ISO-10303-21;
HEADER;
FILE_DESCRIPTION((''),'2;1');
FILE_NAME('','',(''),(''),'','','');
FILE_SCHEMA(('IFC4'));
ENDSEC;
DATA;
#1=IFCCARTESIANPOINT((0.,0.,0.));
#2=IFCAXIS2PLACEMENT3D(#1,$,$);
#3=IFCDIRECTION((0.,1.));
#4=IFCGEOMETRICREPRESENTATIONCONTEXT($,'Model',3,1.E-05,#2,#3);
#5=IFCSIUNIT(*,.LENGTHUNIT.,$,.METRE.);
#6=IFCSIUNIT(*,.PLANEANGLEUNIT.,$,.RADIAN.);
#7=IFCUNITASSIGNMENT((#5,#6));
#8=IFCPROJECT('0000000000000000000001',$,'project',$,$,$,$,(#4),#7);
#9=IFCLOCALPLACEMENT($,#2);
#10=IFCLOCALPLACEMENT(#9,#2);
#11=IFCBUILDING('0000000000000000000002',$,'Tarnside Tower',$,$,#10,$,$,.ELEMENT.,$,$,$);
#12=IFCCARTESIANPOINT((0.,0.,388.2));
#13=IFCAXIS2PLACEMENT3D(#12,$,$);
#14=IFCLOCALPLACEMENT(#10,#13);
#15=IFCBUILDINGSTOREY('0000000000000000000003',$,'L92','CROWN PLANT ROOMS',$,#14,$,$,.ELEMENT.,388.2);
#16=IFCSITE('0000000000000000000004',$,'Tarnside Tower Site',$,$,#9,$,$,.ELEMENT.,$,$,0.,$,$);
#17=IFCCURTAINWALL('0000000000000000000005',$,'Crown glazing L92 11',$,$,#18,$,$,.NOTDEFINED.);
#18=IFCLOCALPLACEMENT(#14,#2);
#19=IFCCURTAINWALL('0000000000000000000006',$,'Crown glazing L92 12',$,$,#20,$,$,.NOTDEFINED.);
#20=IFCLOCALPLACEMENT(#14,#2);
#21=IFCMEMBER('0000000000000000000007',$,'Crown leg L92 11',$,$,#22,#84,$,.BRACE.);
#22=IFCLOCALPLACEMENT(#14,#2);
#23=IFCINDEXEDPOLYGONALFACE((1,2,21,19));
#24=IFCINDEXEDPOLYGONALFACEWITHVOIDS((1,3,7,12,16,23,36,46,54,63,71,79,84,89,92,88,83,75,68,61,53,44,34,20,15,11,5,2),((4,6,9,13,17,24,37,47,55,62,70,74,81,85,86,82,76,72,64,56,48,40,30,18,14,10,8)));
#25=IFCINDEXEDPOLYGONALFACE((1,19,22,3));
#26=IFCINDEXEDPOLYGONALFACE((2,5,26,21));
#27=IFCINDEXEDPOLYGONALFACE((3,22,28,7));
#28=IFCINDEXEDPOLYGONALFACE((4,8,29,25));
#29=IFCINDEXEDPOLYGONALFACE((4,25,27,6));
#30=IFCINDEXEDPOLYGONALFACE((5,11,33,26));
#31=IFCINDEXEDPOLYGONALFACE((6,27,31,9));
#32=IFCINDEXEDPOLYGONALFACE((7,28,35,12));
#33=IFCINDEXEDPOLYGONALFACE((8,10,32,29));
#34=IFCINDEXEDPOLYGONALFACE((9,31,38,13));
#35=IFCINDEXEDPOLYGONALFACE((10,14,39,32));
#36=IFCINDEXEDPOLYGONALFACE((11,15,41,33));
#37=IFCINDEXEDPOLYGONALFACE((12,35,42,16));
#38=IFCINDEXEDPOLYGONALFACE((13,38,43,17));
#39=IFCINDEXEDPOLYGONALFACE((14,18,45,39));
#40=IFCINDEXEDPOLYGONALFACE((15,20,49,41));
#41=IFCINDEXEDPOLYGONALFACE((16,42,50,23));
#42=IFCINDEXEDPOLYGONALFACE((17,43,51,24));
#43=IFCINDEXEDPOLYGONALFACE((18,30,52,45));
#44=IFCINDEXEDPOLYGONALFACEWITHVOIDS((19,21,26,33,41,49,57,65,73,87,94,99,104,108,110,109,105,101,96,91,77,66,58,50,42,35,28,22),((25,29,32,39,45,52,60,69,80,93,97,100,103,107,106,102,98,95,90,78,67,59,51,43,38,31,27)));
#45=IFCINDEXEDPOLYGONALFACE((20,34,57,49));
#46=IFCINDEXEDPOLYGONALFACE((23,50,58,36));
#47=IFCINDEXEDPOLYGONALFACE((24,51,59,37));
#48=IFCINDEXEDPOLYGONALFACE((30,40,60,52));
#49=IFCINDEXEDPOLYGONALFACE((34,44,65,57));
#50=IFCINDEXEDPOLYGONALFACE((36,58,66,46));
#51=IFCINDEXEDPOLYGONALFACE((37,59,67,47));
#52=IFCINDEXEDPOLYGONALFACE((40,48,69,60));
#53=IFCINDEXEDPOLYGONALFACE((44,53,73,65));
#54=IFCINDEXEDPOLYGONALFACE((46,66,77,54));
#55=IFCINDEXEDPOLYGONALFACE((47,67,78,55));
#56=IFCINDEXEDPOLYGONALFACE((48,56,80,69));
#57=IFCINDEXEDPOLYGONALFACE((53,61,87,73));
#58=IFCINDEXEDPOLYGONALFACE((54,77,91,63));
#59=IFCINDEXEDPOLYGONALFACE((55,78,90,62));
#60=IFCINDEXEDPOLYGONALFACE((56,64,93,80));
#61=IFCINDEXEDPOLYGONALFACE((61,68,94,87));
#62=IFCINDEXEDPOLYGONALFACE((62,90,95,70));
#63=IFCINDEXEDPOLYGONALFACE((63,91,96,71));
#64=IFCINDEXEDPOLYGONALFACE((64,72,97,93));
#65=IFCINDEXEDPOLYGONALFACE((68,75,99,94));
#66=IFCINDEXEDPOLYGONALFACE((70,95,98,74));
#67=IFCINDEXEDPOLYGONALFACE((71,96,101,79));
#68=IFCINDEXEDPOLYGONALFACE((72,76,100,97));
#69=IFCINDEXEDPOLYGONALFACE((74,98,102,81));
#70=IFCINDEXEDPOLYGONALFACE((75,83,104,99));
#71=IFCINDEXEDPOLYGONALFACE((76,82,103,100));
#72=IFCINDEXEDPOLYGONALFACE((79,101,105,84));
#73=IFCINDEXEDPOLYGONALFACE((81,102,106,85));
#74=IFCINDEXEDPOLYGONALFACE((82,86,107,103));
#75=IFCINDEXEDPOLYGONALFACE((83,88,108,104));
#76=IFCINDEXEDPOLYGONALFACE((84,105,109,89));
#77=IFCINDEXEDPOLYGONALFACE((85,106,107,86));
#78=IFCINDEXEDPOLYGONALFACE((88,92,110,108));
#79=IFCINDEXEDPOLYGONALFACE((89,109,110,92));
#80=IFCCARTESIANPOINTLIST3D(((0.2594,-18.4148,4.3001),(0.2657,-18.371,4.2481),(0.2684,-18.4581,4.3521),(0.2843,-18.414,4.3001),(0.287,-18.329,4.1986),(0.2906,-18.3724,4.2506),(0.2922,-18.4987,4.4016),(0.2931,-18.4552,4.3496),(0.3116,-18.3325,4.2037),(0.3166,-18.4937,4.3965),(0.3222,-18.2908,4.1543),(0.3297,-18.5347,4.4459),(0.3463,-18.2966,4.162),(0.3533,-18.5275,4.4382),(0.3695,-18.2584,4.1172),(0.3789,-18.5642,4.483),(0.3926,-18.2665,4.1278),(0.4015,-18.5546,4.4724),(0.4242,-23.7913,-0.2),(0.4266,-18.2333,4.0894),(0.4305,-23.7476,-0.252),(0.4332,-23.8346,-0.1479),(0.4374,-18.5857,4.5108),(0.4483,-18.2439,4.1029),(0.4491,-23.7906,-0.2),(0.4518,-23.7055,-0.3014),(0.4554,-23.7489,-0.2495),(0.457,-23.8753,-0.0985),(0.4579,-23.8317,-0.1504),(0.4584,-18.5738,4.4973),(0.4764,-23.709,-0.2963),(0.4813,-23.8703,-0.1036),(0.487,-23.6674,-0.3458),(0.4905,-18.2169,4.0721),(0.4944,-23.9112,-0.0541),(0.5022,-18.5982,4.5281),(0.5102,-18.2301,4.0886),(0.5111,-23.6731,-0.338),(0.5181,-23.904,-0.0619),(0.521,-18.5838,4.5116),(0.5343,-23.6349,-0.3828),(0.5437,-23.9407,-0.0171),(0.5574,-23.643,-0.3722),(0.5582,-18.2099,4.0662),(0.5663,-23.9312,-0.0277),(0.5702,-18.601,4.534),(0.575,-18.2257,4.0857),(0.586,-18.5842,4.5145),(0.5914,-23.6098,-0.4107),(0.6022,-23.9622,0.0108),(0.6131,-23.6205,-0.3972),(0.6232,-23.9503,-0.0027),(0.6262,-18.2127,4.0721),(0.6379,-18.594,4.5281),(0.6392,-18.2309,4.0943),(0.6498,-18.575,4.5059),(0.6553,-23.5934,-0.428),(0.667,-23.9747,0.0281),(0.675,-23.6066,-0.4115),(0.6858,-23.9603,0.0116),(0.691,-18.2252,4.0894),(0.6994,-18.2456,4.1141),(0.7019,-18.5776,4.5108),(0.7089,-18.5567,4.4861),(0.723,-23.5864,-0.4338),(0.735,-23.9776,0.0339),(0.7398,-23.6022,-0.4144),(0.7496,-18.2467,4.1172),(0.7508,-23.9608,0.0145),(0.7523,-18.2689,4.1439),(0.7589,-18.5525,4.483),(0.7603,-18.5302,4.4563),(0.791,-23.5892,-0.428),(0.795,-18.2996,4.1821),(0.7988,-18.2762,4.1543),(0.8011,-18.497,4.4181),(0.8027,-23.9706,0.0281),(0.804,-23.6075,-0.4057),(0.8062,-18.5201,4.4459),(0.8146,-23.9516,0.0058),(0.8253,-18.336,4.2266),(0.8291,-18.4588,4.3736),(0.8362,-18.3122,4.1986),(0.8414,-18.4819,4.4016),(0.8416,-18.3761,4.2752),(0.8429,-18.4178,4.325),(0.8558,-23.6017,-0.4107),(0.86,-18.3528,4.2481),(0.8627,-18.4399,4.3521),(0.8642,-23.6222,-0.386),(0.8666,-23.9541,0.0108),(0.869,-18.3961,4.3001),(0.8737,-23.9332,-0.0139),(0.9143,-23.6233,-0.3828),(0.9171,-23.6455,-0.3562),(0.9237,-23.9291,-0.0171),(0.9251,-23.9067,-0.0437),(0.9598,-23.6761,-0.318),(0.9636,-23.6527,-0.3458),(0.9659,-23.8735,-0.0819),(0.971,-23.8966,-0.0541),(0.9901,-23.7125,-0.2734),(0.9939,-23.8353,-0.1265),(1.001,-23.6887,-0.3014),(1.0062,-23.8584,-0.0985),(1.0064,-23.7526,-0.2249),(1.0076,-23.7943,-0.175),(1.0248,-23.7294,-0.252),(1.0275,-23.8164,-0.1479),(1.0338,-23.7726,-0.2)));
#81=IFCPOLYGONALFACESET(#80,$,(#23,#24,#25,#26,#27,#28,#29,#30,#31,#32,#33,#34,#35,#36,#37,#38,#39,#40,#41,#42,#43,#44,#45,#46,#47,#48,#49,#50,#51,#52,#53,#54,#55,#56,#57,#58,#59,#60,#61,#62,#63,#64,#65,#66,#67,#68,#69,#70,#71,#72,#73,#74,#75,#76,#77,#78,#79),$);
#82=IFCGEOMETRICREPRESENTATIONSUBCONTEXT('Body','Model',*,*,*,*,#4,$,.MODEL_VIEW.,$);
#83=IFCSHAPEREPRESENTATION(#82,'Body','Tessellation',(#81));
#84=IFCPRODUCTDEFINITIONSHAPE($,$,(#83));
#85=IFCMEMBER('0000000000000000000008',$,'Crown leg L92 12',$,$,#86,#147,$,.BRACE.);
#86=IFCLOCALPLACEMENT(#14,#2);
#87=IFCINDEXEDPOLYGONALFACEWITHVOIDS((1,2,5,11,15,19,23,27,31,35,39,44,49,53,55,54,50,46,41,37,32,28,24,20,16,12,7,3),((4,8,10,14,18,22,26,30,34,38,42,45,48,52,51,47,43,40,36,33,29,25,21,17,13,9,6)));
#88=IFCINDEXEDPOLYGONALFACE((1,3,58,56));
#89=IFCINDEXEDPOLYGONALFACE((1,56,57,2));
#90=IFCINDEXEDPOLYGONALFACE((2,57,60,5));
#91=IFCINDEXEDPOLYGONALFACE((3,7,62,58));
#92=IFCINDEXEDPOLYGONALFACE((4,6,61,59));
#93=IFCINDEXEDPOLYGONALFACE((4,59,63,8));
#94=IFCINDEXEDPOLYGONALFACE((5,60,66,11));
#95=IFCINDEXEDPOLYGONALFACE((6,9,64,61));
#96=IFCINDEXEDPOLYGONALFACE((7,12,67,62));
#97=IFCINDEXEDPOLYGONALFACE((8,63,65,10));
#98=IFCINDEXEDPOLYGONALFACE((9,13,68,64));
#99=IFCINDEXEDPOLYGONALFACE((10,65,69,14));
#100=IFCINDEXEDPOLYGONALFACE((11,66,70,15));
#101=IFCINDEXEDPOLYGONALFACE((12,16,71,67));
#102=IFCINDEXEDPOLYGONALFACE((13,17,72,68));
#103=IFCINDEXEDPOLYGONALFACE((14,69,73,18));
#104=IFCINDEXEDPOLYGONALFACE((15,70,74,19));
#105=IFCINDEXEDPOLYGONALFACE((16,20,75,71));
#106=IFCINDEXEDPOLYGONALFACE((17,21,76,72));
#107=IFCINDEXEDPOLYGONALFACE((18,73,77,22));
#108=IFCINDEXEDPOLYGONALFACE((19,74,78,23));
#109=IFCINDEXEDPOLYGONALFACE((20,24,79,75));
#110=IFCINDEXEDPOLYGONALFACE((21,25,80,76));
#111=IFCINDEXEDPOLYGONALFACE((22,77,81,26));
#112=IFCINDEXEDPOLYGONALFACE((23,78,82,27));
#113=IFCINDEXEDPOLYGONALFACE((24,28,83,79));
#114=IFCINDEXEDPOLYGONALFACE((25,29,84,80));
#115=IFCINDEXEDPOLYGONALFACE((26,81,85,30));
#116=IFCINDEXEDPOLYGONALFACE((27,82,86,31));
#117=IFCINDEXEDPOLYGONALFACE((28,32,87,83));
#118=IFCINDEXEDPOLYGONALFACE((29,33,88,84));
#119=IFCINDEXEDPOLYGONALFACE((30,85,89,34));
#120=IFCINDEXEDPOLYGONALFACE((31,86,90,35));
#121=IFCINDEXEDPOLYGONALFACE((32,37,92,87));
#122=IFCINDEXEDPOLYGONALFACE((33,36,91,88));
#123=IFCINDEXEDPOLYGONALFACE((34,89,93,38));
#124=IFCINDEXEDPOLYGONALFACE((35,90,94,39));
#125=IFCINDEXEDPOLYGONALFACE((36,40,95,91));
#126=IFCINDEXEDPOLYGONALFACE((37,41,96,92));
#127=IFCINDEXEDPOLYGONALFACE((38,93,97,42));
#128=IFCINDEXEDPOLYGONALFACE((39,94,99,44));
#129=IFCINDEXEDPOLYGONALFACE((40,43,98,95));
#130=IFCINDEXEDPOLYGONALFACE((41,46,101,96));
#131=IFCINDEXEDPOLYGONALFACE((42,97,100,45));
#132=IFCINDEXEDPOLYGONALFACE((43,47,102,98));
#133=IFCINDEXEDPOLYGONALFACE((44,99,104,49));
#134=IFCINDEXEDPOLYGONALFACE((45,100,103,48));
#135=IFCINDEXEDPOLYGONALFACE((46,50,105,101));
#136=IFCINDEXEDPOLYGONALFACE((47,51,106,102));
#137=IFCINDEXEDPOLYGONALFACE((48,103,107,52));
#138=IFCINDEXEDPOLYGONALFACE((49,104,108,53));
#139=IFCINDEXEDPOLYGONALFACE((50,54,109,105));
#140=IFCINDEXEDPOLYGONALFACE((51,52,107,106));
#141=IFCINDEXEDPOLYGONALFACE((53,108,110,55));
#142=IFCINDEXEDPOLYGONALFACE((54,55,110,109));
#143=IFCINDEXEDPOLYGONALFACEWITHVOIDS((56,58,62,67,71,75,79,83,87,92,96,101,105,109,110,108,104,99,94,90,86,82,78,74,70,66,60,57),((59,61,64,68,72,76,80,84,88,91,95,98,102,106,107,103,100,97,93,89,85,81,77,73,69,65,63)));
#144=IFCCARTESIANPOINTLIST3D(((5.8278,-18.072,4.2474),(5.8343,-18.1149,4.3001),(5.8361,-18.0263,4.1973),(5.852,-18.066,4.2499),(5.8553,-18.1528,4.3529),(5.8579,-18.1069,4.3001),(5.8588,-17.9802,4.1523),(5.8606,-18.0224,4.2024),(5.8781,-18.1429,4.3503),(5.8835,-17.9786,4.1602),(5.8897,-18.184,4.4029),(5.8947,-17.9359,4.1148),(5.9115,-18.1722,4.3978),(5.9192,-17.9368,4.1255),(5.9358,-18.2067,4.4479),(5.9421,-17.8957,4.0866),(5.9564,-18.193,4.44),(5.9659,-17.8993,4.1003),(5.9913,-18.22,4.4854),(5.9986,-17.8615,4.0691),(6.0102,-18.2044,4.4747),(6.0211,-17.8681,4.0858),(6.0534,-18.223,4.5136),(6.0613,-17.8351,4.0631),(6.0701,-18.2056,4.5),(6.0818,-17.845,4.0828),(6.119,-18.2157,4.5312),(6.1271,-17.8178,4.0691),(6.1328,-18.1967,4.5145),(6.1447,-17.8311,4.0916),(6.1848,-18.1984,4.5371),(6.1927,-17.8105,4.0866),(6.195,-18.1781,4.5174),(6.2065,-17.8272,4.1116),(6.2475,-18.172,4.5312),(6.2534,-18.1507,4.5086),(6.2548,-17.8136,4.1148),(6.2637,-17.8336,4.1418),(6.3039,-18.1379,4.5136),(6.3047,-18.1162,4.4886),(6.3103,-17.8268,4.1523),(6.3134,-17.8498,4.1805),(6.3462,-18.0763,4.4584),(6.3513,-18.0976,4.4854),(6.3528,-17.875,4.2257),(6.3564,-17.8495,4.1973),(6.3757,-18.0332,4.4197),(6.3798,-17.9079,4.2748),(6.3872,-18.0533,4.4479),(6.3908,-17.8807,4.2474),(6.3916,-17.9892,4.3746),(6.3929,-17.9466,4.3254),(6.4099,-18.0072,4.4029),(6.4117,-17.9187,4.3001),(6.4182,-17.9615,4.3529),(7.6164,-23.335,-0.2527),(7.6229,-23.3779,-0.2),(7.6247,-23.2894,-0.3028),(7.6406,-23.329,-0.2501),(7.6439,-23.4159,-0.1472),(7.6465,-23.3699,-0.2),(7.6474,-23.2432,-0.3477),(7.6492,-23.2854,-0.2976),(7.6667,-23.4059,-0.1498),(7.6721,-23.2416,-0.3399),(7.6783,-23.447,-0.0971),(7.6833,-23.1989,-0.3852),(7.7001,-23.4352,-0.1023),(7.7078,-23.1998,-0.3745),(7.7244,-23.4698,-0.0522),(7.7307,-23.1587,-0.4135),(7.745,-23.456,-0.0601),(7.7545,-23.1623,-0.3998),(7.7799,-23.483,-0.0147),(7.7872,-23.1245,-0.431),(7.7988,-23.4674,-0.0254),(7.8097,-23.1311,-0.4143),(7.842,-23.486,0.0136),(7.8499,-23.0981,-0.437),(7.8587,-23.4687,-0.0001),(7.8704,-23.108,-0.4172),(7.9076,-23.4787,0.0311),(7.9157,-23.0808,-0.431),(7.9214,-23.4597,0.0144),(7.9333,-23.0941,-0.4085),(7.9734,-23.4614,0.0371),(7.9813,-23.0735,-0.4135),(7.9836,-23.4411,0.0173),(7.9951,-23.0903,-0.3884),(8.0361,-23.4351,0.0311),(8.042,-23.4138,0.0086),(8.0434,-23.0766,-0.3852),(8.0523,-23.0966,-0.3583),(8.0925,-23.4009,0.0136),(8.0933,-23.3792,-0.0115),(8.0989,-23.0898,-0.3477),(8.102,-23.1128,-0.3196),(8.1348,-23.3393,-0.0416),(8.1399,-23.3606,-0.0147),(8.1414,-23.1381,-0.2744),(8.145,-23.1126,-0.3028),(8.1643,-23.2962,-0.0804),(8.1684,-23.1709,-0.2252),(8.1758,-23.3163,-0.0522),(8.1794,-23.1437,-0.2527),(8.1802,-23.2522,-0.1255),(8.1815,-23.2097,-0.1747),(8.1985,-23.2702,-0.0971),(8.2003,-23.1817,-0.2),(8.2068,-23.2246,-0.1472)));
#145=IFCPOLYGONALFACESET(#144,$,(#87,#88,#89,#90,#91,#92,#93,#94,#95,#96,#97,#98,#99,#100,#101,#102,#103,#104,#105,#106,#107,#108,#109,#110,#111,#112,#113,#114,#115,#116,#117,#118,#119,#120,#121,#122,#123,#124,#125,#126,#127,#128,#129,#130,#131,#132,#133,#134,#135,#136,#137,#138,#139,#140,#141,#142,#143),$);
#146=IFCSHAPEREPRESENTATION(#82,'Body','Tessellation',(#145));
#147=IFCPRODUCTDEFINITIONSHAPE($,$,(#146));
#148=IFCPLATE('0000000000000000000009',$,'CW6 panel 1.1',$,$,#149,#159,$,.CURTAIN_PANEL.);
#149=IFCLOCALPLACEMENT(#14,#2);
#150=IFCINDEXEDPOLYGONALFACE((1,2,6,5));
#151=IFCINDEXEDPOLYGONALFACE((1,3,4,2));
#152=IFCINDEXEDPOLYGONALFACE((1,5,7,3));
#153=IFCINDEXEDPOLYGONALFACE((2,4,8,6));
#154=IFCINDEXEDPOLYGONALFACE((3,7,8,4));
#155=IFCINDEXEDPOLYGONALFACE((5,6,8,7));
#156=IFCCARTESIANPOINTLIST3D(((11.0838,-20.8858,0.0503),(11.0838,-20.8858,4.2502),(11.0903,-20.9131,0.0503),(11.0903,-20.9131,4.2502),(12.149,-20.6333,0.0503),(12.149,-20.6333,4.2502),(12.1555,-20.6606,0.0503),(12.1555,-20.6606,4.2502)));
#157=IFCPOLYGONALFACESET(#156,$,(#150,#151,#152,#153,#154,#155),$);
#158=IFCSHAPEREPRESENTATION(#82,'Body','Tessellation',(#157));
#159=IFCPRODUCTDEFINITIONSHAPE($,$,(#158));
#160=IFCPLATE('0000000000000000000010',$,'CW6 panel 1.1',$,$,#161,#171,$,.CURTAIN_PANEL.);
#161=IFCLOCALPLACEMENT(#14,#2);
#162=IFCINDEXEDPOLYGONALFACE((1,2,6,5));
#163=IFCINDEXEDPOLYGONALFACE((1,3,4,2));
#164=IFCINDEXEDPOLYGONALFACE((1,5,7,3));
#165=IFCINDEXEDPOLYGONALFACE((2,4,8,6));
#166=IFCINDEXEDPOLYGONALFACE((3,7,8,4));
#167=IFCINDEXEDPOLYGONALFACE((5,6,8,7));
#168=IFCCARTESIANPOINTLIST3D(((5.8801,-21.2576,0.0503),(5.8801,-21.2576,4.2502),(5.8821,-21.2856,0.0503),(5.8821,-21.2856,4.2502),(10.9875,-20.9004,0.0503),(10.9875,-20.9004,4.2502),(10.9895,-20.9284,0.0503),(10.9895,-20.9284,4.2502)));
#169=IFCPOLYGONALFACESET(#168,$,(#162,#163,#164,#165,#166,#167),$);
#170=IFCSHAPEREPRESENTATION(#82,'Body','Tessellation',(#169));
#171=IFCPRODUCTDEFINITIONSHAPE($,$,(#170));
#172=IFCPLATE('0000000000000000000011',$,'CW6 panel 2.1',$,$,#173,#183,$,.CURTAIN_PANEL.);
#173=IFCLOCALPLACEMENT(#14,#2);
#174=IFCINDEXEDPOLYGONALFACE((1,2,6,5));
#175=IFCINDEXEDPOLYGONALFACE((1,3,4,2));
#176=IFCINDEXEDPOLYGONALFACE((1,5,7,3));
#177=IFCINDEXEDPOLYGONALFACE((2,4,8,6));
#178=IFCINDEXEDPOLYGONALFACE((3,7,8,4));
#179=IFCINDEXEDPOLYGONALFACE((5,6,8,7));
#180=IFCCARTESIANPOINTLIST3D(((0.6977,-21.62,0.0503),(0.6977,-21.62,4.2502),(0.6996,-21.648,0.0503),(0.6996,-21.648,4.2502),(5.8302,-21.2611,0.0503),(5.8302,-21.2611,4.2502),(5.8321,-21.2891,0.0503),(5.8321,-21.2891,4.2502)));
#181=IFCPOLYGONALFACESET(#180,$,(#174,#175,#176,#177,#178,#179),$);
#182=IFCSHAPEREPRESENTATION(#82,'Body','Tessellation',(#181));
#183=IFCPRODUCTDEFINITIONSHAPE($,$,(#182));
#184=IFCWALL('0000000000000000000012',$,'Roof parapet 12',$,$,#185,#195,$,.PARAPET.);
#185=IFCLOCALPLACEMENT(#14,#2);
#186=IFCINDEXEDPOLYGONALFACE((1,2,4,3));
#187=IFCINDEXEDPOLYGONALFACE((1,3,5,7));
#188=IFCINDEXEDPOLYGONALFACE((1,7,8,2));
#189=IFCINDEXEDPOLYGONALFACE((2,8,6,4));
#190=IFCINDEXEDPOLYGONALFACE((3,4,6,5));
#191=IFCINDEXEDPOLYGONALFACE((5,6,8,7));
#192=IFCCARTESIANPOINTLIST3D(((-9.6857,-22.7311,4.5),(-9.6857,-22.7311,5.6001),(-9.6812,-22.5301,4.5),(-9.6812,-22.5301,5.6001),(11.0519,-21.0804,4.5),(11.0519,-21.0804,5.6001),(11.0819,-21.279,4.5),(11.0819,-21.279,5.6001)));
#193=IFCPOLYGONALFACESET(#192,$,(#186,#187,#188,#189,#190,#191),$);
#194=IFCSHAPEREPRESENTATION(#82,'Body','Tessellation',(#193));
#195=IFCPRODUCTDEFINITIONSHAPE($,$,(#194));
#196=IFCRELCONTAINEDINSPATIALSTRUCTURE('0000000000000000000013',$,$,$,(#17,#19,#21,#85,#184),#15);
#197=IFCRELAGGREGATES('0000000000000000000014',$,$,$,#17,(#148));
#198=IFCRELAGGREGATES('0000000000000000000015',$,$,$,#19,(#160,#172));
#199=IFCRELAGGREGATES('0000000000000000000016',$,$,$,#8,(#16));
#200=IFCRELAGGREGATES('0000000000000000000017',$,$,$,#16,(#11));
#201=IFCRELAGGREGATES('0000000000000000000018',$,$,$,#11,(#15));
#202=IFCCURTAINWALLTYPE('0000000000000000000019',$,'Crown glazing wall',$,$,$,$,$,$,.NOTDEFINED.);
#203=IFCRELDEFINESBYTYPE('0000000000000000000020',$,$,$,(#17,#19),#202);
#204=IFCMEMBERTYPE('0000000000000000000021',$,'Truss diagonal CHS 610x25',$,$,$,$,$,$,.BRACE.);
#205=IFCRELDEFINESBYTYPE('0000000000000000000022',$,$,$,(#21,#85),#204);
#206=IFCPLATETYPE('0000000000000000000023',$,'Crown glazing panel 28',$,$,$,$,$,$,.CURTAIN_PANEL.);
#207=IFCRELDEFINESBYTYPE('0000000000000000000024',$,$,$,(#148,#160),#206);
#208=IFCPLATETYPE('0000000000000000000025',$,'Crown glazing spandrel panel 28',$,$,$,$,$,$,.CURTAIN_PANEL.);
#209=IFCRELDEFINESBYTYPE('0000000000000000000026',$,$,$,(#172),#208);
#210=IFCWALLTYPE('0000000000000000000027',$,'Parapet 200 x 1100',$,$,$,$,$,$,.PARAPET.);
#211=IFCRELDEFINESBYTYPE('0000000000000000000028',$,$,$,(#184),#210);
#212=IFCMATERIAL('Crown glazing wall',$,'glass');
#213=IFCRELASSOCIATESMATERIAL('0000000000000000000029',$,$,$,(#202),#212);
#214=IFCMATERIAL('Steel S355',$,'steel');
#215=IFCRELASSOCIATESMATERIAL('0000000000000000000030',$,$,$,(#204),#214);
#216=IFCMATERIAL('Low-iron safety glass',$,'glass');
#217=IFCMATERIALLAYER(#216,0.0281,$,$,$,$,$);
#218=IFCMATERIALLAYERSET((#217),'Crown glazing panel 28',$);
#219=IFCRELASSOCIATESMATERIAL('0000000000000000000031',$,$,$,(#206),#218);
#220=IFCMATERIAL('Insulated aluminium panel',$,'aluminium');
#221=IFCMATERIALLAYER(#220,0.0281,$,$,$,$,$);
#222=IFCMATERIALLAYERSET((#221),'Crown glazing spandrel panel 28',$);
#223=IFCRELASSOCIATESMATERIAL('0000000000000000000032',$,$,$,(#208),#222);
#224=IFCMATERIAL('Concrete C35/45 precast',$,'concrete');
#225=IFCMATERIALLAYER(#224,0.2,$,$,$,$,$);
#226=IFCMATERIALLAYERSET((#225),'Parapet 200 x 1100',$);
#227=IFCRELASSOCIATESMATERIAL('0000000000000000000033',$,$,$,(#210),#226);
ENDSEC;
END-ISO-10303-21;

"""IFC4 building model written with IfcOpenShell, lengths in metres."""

from ifc_helpers import new_model, si_unit, direction, frame, origin, origin_2d, place, context, subcontext, project, spatial, polyline, rectangle, hollow_circle, outline, extrude, material, layer, layer_set, material_profile, profile_set, type_object, element, aggregate, save


model = new_model("IFC4")

# Units and contexts
model_context = context("Model", 3, precision=1e-05, world=origin(), true_north=direction((0.0, 1.0)))
body_context = subcontext(model_context, "Body", "Model", "MODEL_VIEW")
ifc_project = project(units=[si_unit("LENGTHUNIT", "METRE"), si_unit("PLANEANGLEUNIT", "RADIAN")], contexts=[model_context])

# Site, building, storey
site_placement = place(None, origin())
site = spatial("IfcSite", under=ifc_project, at=site_placement, Name="Tarnside Tower Site", CompositionType="ELEMENT", RefElevation=0.0)
building_placement = place(site_placement, origin())
building = spatial("IfcBuilding", under=site, at=building_placement, Name="Tarnside Tower", CompositionType="ELEMENT")
storey_placement = place(building_placement, frame((0.0, 0.0, 388.2)))
storey = spatial("IfcBuildingStorey", under=building, at=storey_placement, Name="L92", Description="CROWN PLANT ROOMS", CompositionType="ELEMENT", Elevation=388.2)

# Curtain wall
ifc_material_1 = material(Name="Crown glazing wall", Category="glass")
curtain_wall_type = type_object("IfcCurtainWallType", Name="Crown glazing wall", PredefinedType="NOTDEFINED", material=ifc_material_1)
curtain_wall_1_placement = place(storey_placement, origin())
curtain_wall_1 = element("IfcCurtainWall", 1, at=curtain_wall_1_placement, inside=storey, type_object=curtain_wall_type, Name="Crown glazing L92 11", PredefinedType="NOTDEFINED")

# Curtain wall
curtain_wall_2_placement = place(storey_placement, origin())
curtain_wall_2 = element("IfcCurtainWall", 2, at=curtain_wall_2_placement, inside=storey, type_object=curtain_wall_type, Name="Crown glazing L92 12", PredefinedType="NOTDEFINED")

# Shared definitions
ifc_material_2 = material(Name="Steel S355", Category="steel")

# Members
ifc_material_profile_1 = material_profile(ifc_material_2, hollow_circle(Radius=0.3049, WallThickness=0.0249, at=origin_2d()), Name="CHS 610x25")
ifc_profile_set_1 = profile_set([ifc_material_profile_1], Name="Steel S355")
member_type_1 = type_object("IfcMemberType", Name="Truss diagonal CHS 610x25", PredefinedType="BRACE", material=ifc_profile_set_1)
member_1_placement = place(storey_placement, frame((0.729, -23.782, -0.2), z_axis=(-0.023498, 0.766632, 0.641657), x_axis=(-0.999531, -0.030637, 0.0)))
element("IfcMember", 3, at=member_1_placement, inside=storey, type_object=member_type_1, Name="Crown leg L92 11", PredefinedType="BRACE", context=body_context, shape_type="SweptSolid", body=[
    extrude(hollow_circle(Radius=0.3049, WallThickness=0.0249, at=origin_2d()), origin(), (0.0, 0.0, 1.0), 7.0132),
])
member_2_placement = place(storey_placement, frame((7.9116, -23.2798, -0.2), z_axis=(-0.250089, 0.735895, 0.629217), x_axis=(-0.946818, -0.32177, 0.0)))
element("IfcMember", 4, at=member_2_placement, inside=storey, type_object=member_type_1, Name="Crown leg L92 12", PredefinedType="BRACE", context=body_context, shape_type="SweptSolid", body=[
    extrude(hollow_circle(Radius=0.3049, WallThickness=0.0249, at=origin_2d()), origin(), (0.0, 0.0, 1.0), 7.1519),
])

# Plates
ifc_material_3 = material(Name="Low-iron safety glass", Category="glass")
ifc_layer_1 = layer(ifc_material_3, 0.0281)
ifc_layer_set_1 = layer_set([ifc_layer_1], Name="Crown glazing panel 28")
plate_type_1 = type_object("IfcPlateType", Name="Crown glazing panel 28", PredefinedType="CURTAIN_PANEL", material=ifc_layer_set_1)
plate_1_placement = place(storey_placement, frame((11.6196, -20.7732, 0.0503), z_axis=(0.0, 0.0, 1.0), x_axis=(-0.973045, -0.230616, 0.0)))
plate_1 = element("IfcPlate", 5, at=plate_1_placement, type_object=plate_type_1, Name="CW6 panel 1.1", PredefinedType="CURTAIN_PANEL", context=body_context, shape_type="SweptSolid", body=[
    extrude(rectangle(XDim=1.0947, YDim=0.0281, at=origin_2d()), origin(), (0.0, 0.0, 1.0), 4.2),
])
aggregate(curtain_wall_1, [plate_1])
plate_2_placement = place(storey_placement, frame((8.4348, -21.093, 0.0503), z_axis=(0.0, 0.0, 1.0), x_axis=(-0.997564, -0.069756, 0.0)))
plate_2 = element("IfcPlate", 6, at=plate_2_placement, type_object=plate_type_1, Name="CW6 panel 1.1", PredefinedType="CURTAIN_PANEL", context=body_context, shape_type="SweptSolid", body=[
    extrude(rectangle(XDim=5.1199, YDim=0.0281, at=origin_2d()), origin(), (0.0, 0.0, 1.0), 4.2),
])
ifc_material_4 = material(Name="Insulated aluminium panel", Category="aluminium")
ifc_layer_2 = layer(ifc_material_4, 0.0281)
ifc_layer_set_2 = layer_set([ifc_layer_2], Name="Crown glazing spandrel panel 28")
plate_type_2 = type_object("IfcPlateType", Name="Crown glazing spandrel panel 28", PredefinedType="CURTAIN_PANEL", material=ifc_layer_set_2)
plate_3_placement = place(storey_placement, frame((3.2649, -21.4546, 0.0503), z_axis=(0.0, 0.0, 1.0), x_axis=(-0.997564, -0.069756, 0.0)))
plate_3 = element("IfcPlate", 7, at=plate_3_placement, type_object=plate_type_2, Name="CW6 panel 2.1", PredefinedType="CURTAIN_PANEL", context=body_context, shape_type="SweptSolid", body=[
    extrude(rectangle(XDim=5.145, YDim=0.0281, at=origin_2d()), origin(), (0.0, 0.0, 1.0), 4.2),
])
aggregate(curtain_wall_2, [plate_2, plate_3])

# Wall
ifc_material_5 = material(Name="Concrete C35/45 precast", Category="concrete")
ifc_layer_3 = layer(ifc_material_5, 0.2)
ifc_layer_set_3 = layer_set([ifc_layer_3], Name="Parapet 200 x 1100")
wall_type_1 = type_object("IfcWallType", Name="Parapet 200 x 1100", PredefinedType="PARAPET", material=ifc_layer_set_3)
wall_1_placement = place(storey_placement, frame((11.0669, -21.1797, 4.5), z_axis=(0.0, 0.0, 1.0), x_axis=(-0.997564, -0.069753, 0.0)))
element("IfcWall", 8, at=wall_1_placement, inside=storey, type_object=wall_type_1, Name="Roof parapet 12", PredefinedType="PARAPET", context=body_context, shape_type="SweptSolid", body=[
    extrude(outline(polyline([(0.0081, -0.1001), (20.7917, -0.1001), (20.8103, 0.1001), (-0.0081, 0.1001), (0.0081, -0.1001)])), origin(), (0.0, 0.0, 1.0), 1.1001),
])

save(model, "model.ifc")
